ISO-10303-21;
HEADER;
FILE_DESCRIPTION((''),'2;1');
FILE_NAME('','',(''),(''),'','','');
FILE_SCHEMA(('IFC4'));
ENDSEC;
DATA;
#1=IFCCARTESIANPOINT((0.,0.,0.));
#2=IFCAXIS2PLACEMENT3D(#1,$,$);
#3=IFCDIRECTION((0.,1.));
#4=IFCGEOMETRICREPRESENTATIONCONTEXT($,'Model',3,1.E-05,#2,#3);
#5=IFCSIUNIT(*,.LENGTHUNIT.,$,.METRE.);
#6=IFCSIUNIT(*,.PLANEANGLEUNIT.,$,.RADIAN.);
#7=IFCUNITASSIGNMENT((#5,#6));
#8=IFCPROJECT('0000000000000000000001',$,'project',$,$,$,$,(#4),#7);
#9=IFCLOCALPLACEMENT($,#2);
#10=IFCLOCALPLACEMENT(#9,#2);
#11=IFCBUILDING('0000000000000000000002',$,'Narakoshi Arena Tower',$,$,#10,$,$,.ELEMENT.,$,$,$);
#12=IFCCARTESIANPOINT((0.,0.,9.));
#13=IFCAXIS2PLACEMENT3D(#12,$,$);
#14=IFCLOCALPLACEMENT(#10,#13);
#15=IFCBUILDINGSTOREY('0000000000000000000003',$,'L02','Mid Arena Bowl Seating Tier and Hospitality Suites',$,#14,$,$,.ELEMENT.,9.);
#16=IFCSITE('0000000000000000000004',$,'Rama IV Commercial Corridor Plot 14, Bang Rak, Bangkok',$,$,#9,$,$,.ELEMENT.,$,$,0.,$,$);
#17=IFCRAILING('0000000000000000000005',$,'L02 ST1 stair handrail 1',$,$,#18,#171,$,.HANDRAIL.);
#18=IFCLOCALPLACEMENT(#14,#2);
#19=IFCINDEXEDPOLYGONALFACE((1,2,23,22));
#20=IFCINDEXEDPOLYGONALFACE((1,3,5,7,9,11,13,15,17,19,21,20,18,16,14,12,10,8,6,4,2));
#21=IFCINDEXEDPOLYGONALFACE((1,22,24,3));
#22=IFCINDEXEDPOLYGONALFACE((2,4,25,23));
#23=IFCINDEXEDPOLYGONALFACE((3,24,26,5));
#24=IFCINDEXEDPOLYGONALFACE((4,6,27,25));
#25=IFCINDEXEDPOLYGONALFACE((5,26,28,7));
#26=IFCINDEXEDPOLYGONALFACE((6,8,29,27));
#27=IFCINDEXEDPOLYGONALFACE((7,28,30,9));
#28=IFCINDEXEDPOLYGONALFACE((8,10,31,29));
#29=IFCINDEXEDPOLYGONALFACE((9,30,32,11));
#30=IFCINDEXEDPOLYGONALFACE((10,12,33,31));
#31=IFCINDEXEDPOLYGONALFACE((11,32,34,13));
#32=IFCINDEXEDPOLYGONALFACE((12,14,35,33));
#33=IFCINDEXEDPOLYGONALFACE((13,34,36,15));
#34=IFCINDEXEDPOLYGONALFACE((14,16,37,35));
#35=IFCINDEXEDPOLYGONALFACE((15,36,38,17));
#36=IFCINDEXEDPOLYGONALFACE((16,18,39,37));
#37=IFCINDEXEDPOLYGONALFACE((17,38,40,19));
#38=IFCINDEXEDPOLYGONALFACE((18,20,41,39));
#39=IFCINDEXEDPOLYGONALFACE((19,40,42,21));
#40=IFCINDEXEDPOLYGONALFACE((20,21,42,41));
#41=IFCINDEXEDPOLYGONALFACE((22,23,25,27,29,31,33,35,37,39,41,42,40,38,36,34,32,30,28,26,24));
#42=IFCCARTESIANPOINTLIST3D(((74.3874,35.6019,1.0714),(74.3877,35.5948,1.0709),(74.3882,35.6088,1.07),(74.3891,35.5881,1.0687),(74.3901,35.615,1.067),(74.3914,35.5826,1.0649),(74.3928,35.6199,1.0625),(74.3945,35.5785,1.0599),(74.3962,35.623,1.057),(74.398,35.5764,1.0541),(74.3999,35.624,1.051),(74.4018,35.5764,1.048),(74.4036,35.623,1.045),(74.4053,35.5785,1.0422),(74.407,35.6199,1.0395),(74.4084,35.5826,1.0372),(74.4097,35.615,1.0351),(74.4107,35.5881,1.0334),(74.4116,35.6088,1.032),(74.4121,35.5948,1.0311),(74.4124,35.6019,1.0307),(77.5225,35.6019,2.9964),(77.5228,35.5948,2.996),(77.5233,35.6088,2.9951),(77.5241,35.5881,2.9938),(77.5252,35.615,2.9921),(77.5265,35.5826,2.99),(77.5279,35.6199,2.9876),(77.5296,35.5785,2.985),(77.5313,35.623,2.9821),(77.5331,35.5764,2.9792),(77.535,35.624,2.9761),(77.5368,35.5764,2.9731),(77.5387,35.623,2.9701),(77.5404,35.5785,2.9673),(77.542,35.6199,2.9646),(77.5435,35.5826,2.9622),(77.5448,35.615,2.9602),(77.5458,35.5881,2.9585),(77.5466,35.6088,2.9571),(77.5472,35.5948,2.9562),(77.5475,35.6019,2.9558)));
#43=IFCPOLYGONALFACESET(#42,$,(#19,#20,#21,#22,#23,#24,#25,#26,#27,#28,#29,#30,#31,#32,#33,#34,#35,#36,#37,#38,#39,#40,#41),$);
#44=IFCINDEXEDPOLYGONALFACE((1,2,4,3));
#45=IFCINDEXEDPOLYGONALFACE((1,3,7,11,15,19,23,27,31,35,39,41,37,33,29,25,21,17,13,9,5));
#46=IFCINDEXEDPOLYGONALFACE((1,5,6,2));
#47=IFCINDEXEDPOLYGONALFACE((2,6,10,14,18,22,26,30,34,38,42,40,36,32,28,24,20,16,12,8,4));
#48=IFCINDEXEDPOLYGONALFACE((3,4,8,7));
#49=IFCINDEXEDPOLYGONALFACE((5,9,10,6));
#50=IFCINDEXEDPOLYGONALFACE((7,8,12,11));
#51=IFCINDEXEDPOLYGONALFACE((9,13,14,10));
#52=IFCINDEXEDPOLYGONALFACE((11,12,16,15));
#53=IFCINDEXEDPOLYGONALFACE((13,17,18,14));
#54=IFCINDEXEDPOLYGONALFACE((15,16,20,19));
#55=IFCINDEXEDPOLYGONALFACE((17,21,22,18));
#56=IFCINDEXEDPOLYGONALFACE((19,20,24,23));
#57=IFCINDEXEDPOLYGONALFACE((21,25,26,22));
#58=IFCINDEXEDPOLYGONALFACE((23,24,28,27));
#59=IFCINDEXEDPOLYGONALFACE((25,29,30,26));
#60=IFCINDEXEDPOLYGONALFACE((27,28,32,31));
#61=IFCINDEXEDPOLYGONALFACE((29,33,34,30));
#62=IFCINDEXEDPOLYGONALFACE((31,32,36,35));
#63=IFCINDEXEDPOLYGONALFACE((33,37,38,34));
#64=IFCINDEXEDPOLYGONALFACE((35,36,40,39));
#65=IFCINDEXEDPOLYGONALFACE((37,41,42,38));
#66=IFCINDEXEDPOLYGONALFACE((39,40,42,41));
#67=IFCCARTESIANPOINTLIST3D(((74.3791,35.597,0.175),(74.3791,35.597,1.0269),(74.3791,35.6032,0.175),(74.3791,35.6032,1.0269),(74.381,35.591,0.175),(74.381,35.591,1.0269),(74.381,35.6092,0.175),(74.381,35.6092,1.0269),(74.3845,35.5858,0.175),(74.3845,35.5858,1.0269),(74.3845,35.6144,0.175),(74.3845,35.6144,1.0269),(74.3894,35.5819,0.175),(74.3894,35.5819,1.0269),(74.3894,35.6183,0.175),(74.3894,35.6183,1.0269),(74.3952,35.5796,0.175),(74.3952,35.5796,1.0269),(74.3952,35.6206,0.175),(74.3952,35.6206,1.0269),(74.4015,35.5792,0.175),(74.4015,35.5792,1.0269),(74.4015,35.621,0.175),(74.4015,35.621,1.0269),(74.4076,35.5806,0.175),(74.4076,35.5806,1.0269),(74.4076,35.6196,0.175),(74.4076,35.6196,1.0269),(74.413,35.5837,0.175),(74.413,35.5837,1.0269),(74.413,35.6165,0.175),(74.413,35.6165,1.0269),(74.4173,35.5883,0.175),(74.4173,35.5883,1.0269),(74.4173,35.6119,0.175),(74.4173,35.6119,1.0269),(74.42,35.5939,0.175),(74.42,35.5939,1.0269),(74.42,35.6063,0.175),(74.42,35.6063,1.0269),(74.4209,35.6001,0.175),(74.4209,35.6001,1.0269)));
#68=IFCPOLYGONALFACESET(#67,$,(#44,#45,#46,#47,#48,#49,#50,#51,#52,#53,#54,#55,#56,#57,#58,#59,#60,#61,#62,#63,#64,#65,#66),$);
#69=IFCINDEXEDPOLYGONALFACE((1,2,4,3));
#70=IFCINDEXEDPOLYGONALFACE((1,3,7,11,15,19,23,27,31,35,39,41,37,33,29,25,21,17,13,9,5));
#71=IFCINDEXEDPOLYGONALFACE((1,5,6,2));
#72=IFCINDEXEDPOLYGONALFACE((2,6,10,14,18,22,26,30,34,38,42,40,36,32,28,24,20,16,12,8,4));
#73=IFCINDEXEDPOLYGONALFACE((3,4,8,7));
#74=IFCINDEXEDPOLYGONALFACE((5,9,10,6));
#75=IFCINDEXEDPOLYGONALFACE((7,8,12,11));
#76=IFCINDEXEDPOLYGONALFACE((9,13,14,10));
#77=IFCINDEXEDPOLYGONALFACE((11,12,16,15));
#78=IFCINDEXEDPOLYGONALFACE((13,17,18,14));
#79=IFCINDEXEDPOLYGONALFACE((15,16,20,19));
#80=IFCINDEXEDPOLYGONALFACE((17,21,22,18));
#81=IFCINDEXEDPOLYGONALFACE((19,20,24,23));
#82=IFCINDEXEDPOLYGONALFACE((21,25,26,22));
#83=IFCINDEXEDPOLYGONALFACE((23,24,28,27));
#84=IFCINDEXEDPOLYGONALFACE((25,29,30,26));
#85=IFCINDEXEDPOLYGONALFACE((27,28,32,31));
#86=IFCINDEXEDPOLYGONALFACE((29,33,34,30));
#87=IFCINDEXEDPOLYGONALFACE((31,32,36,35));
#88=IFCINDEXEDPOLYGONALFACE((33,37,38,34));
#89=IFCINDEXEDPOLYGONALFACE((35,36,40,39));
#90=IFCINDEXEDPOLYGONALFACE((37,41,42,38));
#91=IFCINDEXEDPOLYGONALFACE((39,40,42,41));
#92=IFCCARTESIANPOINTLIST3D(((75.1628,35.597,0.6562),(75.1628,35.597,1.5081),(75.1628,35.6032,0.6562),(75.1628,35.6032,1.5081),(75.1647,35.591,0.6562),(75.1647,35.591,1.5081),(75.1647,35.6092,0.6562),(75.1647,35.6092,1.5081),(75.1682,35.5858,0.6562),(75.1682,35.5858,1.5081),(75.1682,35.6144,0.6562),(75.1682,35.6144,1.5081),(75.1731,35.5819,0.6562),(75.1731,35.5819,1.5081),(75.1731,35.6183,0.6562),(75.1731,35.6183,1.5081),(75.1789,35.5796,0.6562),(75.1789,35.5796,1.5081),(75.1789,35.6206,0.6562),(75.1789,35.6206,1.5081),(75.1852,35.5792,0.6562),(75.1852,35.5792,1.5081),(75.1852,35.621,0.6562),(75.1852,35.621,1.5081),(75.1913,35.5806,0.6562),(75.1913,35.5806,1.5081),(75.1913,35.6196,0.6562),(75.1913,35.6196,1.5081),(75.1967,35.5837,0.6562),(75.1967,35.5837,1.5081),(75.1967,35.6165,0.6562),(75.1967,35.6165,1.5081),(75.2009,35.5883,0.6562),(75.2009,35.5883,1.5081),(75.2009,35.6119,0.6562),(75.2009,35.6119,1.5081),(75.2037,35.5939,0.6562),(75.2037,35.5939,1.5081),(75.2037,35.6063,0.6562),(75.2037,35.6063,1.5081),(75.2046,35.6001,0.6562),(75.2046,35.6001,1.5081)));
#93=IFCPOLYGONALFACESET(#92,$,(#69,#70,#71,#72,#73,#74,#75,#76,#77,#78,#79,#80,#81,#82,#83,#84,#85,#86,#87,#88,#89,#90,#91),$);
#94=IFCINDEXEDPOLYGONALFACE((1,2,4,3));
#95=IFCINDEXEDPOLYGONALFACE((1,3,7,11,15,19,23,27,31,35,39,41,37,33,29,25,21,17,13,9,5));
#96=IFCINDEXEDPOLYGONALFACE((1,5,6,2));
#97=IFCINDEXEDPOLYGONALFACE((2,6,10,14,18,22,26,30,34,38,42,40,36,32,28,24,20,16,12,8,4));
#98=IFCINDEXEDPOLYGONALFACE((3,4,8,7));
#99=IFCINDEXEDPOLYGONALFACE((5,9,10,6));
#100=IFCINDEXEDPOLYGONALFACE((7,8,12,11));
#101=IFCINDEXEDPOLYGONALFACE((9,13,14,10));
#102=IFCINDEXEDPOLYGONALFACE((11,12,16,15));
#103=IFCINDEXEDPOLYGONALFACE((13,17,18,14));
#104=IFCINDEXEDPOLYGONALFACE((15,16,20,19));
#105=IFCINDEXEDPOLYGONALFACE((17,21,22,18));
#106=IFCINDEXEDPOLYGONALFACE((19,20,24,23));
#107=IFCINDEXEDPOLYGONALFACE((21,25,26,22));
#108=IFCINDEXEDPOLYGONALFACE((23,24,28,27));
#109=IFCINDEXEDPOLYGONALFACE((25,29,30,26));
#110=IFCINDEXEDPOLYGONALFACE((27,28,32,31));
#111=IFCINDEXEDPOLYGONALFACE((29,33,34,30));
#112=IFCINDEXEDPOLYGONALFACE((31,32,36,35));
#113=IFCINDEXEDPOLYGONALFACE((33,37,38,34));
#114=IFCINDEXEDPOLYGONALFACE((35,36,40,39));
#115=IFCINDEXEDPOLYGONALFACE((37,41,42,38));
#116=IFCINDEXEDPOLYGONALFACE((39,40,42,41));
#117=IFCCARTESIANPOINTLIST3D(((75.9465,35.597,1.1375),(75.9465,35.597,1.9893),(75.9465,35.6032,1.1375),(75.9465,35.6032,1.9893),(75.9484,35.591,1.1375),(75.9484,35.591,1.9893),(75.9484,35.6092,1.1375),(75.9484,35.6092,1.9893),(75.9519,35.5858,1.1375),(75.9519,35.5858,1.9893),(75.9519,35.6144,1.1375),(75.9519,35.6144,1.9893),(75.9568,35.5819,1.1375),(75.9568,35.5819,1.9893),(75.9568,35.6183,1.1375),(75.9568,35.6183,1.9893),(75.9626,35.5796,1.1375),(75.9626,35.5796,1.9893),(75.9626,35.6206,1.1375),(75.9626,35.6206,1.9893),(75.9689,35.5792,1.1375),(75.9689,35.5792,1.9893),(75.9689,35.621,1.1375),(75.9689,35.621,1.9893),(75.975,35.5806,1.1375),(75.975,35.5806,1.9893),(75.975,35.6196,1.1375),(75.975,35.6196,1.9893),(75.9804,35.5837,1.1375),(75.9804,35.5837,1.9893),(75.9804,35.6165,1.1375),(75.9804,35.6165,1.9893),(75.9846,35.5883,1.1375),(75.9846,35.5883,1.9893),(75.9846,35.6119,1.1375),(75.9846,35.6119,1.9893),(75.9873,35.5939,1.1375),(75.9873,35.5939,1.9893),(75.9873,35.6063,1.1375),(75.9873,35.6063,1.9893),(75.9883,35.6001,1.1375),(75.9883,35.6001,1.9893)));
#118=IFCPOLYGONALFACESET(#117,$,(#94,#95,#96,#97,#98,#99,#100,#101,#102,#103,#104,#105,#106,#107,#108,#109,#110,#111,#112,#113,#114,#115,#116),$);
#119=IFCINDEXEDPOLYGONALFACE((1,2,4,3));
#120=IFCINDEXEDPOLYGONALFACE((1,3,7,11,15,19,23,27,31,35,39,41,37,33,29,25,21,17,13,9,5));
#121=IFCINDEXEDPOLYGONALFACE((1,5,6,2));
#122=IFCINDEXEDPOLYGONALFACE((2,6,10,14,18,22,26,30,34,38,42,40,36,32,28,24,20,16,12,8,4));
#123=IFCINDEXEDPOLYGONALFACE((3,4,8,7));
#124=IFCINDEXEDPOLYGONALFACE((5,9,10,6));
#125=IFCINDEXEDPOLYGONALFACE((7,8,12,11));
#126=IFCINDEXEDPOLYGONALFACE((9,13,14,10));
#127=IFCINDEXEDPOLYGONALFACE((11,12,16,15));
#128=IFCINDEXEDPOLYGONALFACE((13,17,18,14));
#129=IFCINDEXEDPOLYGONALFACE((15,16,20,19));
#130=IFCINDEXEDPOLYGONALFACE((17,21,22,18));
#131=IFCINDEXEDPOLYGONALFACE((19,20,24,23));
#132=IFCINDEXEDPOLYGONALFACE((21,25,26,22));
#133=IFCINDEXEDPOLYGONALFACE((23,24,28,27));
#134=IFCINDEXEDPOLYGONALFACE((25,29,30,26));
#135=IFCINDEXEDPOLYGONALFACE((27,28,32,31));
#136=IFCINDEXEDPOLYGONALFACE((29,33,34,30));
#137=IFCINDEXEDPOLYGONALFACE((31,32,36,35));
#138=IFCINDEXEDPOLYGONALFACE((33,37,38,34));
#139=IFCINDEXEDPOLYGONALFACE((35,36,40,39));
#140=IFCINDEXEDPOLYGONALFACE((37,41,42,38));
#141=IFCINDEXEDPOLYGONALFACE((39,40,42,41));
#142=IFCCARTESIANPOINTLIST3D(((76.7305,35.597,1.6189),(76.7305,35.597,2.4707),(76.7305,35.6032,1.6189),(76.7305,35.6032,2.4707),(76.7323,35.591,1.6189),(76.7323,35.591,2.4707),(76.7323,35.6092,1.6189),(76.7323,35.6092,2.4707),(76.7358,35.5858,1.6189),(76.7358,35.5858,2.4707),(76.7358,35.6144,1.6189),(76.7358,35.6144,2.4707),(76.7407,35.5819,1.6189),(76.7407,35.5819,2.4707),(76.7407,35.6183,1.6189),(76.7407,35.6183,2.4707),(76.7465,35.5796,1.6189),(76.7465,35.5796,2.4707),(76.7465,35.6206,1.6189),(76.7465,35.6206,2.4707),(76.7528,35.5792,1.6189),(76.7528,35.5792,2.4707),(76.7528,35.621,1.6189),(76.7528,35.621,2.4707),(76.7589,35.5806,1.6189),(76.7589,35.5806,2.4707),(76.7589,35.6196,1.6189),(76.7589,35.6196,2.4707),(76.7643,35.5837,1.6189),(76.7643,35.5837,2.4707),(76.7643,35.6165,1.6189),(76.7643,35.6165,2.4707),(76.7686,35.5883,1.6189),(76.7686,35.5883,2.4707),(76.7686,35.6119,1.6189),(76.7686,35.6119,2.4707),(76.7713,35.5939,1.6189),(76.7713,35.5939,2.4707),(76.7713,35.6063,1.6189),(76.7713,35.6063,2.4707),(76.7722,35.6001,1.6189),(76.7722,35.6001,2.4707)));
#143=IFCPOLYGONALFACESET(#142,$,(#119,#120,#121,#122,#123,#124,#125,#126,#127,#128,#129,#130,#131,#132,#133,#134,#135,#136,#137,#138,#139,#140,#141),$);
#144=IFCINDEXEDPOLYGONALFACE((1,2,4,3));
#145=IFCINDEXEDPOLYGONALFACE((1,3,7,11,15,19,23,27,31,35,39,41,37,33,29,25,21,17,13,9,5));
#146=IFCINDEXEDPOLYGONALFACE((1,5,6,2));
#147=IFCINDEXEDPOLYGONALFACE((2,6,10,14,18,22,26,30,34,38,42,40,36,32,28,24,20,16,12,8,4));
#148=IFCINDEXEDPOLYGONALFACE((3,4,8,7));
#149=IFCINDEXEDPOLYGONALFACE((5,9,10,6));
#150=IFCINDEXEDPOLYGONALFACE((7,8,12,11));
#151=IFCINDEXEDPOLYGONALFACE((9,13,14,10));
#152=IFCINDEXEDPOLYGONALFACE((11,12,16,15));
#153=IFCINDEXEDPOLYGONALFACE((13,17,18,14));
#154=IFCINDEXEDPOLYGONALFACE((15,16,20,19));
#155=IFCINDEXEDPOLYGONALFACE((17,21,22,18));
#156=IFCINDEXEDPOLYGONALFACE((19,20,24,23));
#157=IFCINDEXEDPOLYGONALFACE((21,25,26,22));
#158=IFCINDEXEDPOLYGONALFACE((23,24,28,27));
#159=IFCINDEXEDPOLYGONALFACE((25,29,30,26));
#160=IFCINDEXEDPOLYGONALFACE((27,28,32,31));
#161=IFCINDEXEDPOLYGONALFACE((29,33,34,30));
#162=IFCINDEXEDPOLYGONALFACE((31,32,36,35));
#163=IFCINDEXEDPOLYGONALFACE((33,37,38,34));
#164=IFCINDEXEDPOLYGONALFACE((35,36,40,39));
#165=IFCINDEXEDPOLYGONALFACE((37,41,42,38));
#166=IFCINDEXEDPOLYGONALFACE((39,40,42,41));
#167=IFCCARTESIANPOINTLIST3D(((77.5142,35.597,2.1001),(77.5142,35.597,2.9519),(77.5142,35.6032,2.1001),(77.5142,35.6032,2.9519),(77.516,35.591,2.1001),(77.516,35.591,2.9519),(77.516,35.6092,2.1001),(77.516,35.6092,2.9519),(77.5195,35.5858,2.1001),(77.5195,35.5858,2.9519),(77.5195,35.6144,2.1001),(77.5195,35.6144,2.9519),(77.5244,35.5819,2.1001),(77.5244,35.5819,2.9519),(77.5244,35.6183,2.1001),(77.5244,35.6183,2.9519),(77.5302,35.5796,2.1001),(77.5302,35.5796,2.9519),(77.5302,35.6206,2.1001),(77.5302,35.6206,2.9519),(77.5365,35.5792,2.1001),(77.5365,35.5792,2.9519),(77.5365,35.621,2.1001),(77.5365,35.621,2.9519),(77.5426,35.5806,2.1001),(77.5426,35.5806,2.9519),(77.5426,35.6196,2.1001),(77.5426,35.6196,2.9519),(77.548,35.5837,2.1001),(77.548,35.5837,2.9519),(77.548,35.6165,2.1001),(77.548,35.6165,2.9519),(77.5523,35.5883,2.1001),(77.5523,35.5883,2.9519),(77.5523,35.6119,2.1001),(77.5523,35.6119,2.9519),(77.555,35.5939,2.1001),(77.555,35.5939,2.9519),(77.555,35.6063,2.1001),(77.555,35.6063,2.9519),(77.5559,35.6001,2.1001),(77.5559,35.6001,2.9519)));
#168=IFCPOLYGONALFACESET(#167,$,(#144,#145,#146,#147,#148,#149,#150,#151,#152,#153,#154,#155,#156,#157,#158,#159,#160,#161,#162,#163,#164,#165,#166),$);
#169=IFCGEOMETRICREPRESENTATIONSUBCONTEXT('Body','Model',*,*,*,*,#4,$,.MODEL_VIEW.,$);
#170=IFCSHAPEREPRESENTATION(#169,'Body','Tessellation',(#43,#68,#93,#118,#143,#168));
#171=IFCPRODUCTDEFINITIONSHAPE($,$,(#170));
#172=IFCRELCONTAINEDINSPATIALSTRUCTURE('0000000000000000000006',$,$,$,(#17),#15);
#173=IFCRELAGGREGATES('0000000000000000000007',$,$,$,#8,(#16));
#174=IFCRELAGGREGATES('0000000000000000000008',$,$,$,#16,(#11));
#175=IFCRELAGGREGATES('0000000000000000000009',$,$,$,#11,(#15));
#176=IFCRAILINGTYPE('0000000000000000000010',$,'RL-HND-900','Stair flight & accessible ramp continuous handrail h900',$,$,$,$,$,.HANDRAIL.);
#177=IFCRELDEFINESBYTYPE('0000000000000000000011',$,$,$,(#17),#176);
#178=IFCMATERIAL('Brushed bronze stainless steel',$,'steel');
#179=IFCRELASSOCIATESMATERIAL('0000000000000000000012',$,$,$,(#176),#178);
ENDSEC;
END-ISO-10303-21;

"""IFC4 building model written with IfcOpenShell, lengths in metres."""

from ifc_helpers import new_model, si_unit, direction, frame, origin, origin_2d, place, context, subcontext, project, spatial, circle, extrude, material, type_object, element, save


model = new_model("IFC4")

# Units and contexts
model_context = context("Model", 3, precision=1e-05, world=origin(), true_north=direction((0.0, 1.0)))
body_context = subcontext(model_context, "Body", "Model", "MODEL_VIEW")
ifc_project = project(units=[si_unit("LENGTHUNIT", "METRE"), si_unit("PLANEANGLEUNIT", "RADIAN")], contexts=[model_context])

# Site, building, storey
site_placement = place(None, origin())
site = spatial("IfcSite", under=ifc_project, at=site_placement, Name="Rama IV Commercial Corridor Plot 14, Bang Rak, Bangkok", CompositionType="ELEMENT", RefElevation=0.0)
building_placement = place(site_placement, origin())
building = spatial("IfcBuilding", under=site, at=building_placement, Name="Narakoshi Arena Tower", CompositionType="ELEMENT")
storey_placement = place(building_placement, frame((0.0, 0.0, 9.0)))
storey = spatial("IfcBuildingStorey", under=building, at=storey_placement, Name="L02", Description="Mid Arena Bowl Seating Tier and Hospitality Suites", CompositionType="ELEMENT", Elevation=9.0)

# Railing
ifc_material_1 = material(Name="Brushed bronze stainless steel", Category="steel")
railing_type_1 = type_object("IfcRailingType", Name="RL-HND-900", Description="Stair flight & accessible ramp continuous handrail h900", PredefinedType="HANDRAIL", material=ifc_material_1)
railing_1_placement = place(storey_placement, frame((74.3999, 35.6001, 0.175)))
element("IfcRailing", 1, at=railing_1_placement, inside=storey, type_object=railing_type_1, Name="L02 ST1 stair handrail 1", PredefinedType="HANDRAIL", context=body_context, shape_type="SweptSolid", body=[
    extrude(circle(Radius=0.0239, at=origin_2d()), frame((0.0, 0.0, 0.876), z_axis=(0.852166, 0.0, 0.523271), x_axis=(0.0, 1.0, 0.0)), (0.0, 0.0, 1.0), 3.679),
    extrude(circle(Radius=0.021, at=origin_2d()), origin(), (0.0, 0.0, 1.0), 0.8518),
    extrude(circle(Radius=0.021, at=origin_2d()), frame((0.7837, 0.0, 0.4812)), (0.0, 0.0, 1.0), 0.8518),
    extrude(circle(Radius=0.021, at=origin_2d()), frame((1.5674, 0.0, 0.9624)), (0.0, 0.0, 1.0), 0.8518),
    extrude(circle(Radius=0.021, at=origin_2d()), frame((2.3513, 0.0, 1.4438)), (0.0, 0.0, 1.0), 0.8518),
    extrude(circle(Radius=0.021, at=origin_2d()), frame((3.135, 0.0, 1.925)), (0.0, 0.0, 1.0), 0.8518),
])

save(model, "model.ifc")
